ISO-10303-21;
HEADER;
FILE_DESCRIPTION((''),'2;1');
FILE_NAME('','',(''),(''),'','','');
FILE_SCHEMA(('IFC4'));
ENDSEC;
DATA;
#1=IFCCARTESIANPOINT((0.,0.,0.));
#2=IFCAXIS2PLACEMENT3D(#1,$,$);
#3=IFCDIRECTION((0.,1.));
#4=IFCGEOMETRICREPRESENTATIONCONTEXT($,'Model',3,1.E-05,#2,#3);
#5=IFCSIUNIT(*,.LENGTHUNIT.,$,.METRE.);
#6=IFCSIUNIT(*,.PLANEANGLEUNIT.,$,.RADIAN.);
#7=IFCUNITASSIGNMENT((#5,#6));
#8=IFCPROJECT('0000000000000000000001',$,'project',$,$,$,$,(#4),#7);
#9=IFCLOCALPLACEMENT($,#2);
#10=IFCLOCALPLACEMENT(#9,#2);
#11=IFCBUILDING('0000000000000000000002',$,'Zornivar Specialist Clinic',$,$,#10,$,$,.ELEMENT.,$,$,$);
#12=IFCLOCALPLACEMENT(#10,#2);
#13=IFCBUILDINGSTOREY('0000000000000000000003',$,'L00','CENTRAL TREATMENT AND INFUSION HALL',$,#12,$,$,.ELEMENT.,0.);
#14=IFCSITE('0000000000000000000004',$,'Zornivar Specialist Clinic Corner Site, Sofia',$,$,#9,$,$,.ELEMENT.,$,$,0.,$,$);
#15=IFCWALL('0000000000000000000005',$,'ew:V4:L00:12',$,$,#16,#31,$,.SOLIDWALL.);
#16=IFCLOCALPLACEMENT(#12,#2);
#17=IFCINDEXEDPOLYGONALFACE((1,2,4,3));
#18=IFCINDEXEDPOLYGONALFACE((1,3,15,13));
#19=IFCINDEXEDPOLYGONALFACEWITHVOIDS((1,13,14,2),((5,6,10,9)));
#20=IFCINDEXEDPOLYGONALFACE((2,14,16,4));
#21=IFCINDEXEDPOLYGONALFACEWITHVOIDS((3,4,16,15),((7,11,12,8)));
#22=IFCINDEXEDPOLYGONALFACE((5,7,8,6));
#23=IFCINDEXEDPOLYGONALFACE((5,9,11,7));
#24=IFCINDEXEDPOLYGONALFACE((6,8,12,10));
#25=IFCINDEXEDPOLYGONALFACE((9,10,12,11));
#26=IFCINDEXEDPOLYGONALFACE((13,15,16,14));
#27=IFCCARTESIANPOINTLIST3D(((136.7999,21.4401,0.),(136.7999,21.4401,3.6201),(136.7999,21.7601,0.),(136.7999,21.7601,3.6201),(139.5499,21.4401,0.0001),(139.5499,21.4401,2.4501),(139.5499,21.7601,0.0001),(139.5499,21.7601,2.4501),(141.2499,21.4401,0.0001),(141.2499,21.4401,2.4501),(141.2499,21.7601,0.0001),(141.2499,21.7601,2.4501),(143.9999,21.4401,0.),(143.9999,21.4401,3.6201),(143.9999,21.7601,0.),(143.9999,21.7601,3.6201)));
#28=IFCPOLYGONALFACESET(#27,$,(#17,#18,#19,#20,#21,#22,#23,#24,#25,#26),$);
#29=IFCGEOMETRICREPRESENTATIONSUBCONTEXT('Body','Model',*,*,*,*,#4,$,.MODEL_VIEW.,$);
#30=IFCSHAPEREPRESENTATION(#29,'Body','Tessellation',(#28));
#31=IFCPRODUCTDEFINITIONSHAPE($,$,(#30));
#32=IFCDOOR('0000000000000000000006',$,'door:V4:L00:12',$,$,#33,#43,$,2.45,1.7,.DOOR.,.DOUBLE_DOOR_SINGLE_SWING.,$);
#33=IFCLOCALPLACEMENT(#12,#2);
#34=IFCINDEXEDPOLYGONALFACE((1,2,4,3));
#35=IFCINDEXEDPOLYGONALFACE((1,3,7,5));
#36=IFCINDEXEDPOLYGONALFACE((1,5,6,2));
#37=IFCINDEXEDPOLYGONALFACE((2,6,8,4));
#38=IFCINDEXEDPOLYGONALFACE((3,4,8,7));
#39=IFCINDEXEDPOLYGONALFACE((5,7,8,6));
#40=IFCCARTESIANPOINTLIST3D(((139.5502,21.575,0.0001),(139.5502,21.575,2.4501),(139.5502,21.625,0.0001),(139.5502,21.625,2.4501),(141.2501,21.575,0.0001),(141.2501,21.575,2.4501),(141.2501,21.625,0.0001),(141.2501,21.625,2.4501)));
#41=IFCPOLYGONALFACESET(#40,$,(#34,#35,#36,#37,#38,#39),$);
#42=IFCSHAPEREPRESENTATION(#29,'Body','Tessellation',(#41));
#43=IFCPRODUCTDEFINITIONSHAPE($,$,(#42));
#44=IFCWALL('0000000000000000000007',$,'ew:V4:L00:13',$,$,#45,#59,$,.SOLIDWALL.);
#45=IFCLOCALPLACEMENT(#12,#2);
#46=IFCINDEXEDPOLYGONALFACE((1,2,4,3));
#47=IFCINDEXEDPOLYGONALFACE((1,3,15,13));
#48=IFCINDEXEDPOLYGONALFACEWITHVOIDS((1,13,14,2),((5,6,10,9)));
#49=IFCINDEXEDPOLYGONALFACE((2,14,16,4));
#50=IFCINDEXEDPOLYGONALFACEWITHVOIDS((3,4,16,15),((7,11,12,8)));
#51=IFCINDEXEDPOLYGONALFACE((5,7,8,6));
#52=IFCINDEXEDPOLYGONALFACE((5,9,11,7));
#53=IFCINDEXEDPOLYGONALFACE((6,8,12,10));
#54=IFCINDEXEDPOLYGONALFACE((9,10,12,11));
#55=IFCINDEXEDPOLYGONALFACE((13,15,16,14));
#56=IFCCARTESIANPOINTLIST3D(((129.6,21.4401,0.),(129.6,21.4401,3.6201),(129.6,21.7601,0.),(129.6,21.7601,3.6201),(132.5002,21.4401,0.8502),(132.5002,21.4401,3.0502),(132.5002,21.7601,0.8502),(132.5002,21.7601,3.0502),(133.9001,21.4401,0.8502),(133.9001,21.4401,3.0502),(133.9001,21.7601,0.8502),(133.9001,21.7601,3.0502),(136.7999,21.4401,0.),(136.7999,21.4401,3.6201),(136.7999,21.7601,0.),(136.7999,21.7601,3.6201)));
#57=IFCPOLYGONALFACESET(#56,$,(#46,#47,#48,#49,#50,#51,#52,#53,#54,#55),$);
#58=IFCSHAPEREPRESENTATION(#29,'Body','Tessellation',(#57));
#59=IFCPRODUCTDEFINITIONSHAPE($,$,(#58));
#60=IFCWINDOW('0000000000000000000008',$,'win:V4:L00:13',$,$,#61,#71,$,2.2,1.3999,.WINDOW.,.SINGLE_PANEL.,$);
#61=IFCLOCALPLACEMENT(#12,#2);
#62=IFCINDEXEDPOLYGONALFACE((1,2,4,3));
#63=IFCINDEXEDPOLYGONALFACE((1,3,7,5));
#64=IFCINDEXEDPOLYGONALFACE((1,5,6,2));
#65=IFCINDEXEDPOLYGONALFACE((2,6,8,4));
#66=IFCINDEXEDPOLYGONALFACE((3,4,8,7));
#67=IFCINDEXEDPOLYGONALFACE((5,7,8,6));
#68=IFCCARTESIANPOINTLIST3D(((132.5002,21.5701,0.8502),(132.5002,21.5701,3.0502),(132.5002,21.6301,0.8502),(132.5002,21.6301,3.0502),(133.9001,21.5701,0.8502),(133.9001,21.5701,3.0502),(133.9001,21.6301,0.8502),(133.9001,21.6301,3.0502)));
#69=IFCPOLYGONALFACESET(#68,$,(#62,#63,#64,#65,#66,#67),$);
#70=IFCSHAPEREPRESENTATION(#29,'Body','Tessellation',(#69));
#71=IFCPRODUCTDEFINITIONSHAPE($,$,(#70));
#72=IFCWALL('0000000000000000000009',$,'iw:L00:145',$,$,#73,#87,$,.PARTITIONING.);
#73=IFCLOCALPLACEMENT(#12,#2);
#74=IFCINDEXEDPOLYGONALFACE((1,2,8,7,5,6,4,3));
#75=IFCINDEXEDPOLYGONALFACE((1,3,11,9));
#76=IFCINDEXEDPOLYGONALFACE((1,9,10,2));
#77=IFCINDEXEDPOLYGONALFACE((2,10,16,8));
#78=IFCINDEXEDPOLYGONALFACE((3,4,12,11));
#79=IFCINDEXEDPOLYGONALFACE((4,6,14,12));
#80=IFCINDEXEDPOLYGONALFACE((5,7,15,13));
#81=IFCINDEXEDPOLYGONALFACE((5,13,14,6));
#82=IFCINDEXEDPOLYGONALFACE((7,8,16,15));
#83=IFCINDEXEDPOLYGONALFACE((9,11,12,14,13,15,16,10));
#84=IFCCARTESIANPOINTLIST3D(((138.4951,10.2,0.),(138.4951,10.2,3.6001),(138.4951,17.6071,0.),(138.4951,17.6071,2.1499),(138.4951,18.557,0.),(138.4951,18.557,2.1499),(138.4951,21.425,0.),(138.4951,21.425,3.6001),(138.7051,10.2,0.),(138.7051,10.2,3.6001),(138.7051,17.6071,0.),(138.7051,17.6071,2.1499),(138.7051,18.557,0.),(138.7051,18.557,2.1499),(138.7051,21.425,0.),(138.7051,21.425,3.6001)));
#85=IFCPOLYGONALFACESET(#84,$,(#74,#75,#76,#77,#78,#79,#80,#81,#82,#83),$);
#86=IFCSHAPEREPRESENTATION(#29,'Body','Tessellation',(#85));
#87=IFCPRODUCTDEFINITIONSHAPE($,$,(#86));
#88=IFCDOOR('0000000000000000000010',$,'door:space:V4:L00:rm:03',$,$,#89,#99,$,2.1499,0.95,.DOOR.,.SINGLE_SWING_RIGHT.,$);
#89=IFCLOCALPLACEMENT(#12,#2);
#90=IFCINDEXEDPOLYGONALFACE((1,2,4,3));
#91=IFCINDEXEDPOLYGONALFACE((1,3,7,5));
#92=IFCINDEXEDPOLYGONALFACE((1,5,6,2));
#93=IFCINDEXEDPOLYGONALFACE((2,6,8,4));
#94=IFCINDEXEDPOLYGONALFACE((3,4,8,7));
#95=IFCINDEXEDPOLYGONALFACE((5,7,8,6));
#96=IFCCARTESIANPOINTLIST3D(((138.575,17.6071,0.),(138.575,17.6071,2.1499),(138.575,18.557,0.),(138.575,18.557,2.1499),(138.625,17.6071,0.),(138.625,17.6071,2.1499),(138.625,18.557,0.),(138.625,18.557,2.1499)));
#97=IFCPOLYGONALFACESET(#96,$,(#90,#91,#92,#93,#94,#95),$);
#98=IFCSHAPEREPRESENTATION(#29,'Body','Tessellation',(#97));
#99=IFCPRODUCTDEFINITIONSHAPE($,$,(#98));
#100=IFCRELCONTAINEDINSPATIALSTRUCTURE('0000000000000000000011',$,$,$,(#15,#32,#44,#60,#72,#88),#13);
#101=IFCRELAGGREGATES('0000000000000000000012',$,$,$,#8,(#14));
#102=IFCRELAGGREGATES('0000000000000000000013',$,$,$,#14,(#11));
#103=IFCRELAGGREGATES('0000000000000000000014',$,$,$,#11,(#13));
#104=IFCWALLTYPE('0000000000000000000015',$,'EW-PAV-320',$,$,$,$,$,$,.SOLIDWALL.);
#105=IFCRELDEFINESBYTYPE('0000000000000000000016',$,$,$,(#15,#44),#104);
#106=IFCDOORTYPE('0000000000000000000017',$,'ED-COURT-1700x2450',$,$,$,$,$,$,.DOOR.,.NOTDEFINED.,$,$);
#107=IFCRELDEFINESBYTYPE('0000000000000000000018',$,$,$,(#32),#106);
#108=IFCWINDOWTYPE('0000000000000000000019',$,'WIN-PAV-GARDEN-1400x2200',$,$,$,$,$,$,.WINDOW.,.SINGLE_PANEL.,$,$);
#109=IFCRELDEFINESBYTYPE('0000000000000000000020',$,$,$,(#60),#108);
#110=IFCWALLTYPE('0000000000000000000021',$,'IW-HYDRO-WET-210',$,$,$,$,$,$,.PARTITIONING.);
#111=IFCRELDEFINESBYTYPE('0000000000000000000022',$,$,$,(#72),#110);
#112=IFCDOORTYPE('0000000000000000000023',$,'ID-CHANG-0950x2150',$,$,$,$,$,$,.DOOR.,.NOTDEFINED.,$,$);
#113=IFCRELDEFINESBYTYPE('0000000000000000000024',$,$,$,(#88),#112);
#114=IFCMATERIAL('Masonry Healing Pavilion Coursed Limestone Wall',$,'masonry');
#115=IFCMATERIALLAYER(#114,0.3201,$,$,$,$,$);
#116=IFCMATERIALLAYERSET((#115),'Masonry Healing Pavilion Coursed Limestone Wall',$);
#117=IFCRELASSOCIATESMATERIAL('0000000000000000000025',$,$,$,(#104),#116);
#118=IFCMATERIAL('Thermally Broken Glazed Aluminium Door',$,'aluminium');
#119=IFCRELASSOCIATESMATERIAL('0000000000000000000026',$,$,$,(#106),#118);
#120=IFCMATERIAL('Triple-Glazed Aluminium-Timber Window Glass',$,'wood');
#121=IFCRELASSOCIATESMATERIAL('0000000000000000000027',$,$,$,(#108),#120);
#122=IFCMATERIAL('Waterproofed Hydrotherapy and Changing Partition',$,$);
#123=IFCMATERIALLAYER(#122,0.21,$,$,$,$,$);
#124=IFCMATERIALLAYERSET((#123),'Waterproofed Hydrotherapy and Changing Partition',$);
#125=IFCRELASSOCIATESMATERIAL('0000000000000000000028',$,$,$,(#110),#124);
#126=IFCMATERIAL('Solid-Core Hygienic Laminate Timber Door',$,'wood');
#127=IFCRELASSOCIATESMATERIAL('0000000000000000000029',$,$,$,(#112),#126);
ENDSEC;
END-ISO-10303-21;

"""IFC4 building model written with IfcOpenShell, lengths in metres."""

from ifc_helpers import new_model, si_unit, direction, frame, frame_2d, origin, place, context, subcontext, project, spatial, rectangle, extrude, material, layer, layer_set, type_object, element, fill, save


model = new_model("IFC4")

# Units and contexts
model_context = context("Model", 3, precision=1e-05, world=origin(), true_north=direction((0.0, 1.0)))
body_context = subcontext(model_context, "Body", "Model", "MODEL_VIEW")
ifc_project = project(units=[si_unit("LENGTHUNIT", "METRE"), si_unit("PLANEANGLEUNIT", "RADIAN")], contexts=[model_context])

# Site, building, storey
site_placement = place(None, origin())
site = spatial("IfcSite", under=ifc_project, at=site_placement, Name="Zornivar Specialist Clinic Corner Site, Sofia", CompositionType="ELEMENT", RefElevation=0.0)
building_placement = place(site_placement, origin())
building = spatial("IfcBuilding", under=site, at=building_placement, Name="Zornivar Specialist Clinic", CompositionType="ELEMENT")
storey_placement = place(building_placement, origin())
storey = spatial("IfcBuildingStorey", under=building, at=storey_placement, Name="L00", Description="CENTRAL TREATMENT AND INFUSION HALL", CompositionType="ELEMENT", Elevation=0.0)

# Wall, opening, door
ifc_material_1 = material(Name="Masonry Healing Pavilion Coursed Limestone Wall", Category="masonry")
ifc_layer_1 = layer(ifc_material_1, 0.3201)
ifc_layer_set_1 = layer_set([ifc_layer_1], Name="Masonry Healing Pavilion Coursed Limestone Wall")
wall_type_1 = type_object("IfcWallType", Name="EW-PAV-320", PredefinedType="SOLIDWALL", material=ifc_layer_set_1)
wall_1_placement = place(storey_placement, frame((144.0, 21.6001, 0.0), z_axis=(0.0, 0.0, 1.0), x_axis=(-1.0, 0.0, 0.0)))
wall_1 = element("IfcWall", 1, at=wall_1_placement, inside=storey, type_object=wall_type_1, Name="ew:V4:L00:12", PredefinedType="SOLIDWALL", context=body_context, shape_type="SweptSolid", body=[
    extrude(rectangle(XDim=7.2, YDim=0.3201, at=frame_2d((3.6001, 0.0))), origin(), (0.0, 0.0, 1.0), 3.6201),
])
opening_1_placement = place(wall_1_placement, frame((2.75, 0.0, 0.0)))
opening_1 = element("IfcOpeningElement", 2, at=opening_1_placement, cuts=wall_1, PredefinedType="OPENING", context=body_context, shape_type="SweptSolid", body=[
    extrude(rectangle(XDim=1.7, YDim=2.45, at=frame_2d((0.8501, 1.2251))), frame((0.0, 0.1699, 0.0), z_axis=(0.0, -1.0, 0.0), x_axis=(1.0, 0.0, 0.0)), (0.0, 0.0, 1.0), 0.3401),
])
ifc_material_2 = material(Name="Thermally Broken Glazed Aluminium Door", Category="aluminium")
door_type_1 = type_object("IfcDoorType", Name="ED-COURT-1700x2450", OperationType="NOTDEFINED", PredefinedType="DOOR", material=ifc_material_2)
door_1_placement = place(opening_1_placement, frame((1.7, 0.0, 0.0), z_axis=(0.0, 0.0, 1.0), x_axis=(-1.0, 0.0, 0.0)))
door_1 = element("IfcDoor", 3, at=door_1_placement, inside=storey, type_object=door_type_1, Name="door:V4:L00:12", OperationType="DOUBLE_DOOR_SINGLE_SWING", OverallHeight=2.45, OverallWidth=1.7, PredefinedType="DOOR", context=body_context, shape_type="SweptSolid", body=[
    extrude(rectangle(XDim=1.7, YDim=2.45, at=frame_2d((0.8501, 1.2251))), frame((0.0, 0.0249, 0.0), z_axis=(0.0, -1.0, 0.0), x_axis=(1.0, 0.0, 0.0)), (0.0, 0.0, 1.0), 0.05),
])
fill(opening_1, door_1)

# Wall, opening, window
wall_2_placement = place(storey_placement, frame((136.8, 21.6001, 0.0), z_axis=(0.0, 0.0, 1.0), x_axis=(-1.0, 0.0, 0.0)))
wall_2 = element("IfcWall", 4, at=wall_2_placement, inside=storey, type_object=wall_type_1, Name="ew:V4:L00:13", PredefinedType="SOLIDWALL", context=body_context, shape_type="SweptSolid", body=[
    extrude(rectangle(XDim=7.2, YDim=0.3201, at=frame_2d((3.6001, 0.0))), origin(), (0.0, 0.0, 1.0), 3.6201),
])
opening_2_placement = place(wall_2_placement, frame((2.8999, 0.0, 0.8501)))
opening_2 = element("IfcOpeningElement", 5, at=opening_2_placement, cuts=wall_2, PredefinedType="OPENING", context=body_context, shape_type="SweptSolid", body=[
    extrude(rectangle(XDim=1.3999, YDim=2.2, at=frame_2d((0.7, 1.1001))), frame((0.0, 0.1699, 0.0), z_axis=(0.0, -1.0, 0.0), x_axis=(1.0, 0.0, 0.0)), (0.0, 0.0, 1.0), 0.3401),
])
ifc_material_3 = material(Name="Triple-Glazed Aluminium-Timber Window Glass", Category="wood")
window_type = type_object("IfcWindowType", Name="WIN-PAV-GARDEN-1400x2200", PartitioningType="SINGLE_PANEL", PredefinedType="WINDOW", material=ifc_material_3)
window_placement = place(opening_2_placement, origin())
window = element("IfcWindow", 6, at=window_placement, inside=storey, type_object=window_type, Name="win:V4:L00:13", OverallHeight=2.2, OverallWidth=1.3999, PartitioningType="SINGLE_PANEL", PredefinedType="WINDOW", context=body_context, shape_type="SweptSolid", body=[
    extrude(rectangle(XDim=1.3999, YDim=2.2, at=frame_2d((0.7, 1.1001))), frame((0.0, 0.03, 0.0), z_axis=(0.0, -1.0, 0.0), x_axis=(1.0, 0.0, 0.0)), (0.0, 0.0, 1.0), 0.0601),
])
fill(opening_2, window)

# Wall, opening, door
ifc_material_4 = material(Name="Waterproofed Hydrotherapy and Changing Partition")
ifc_layer_2 = layer(ifc_material_4, 0.21)
ifc_layer_set_2 = layer_set([ifc_layer_2], Name="Waterproofed Hydrotherapy and Changing Partition")
wall_type_2 = type_object("IfcWallType", Name="IW-HYDRO-WET-210", PredefinedType="PARTITIONING", material=ifc_layer_set_2)
wall_3_placement = place(storey_placement, frame((138.6001, 21.425, 0.0), z_axis=(0.0, 0.0, 1.0), x_axis=(0.0, -1.0, 0.0)))
wall_3 = element("IfcWall", 7, at=wall_3_placement, inside=storey, type_object=wall_type_2, Name="iw:L00:145", PredefinedType="PARTITIONING", context=body_context, shape_type="SweptSolid", body=[
    extrude(rectangle(XDim=11.2251, YDim=0.21, at=frame_2d((5.6125, 0.0))), origin(), (0.0, 0.0, 1.0), 3.6001),
])
opening_3_placement = place(wall_3_placement, frame((2.8679, 0.0, 0.0)))
opening_3 = element("IfcOpeningElement", 8, at=opening_3_placement, cuts=wall_3, PredefinedType="OPENING", context=body_context, shape_type="SweptSolid", body=[
    extrude(rectangle(XDim=0.95, YDim=2.1499, at=frame_2d((0.4751, 1.075))), frame((0.0, 0.115, 0.0), z_axis=(0.0, -1.0, 0.0), x_axis=(1.0, 0.0, 0.0)), (0.0, 0.0, 1.0), 0.23),
])
ifc_material_5 = material(Name="Solid-Core Hygienic Laminate Timber Door", Category="wood")
door_type_2 = type_object("IfcDoorType", Name="ID-CHANG-0950x2150", OperationType="NOTDEFINED", PredefinedType="DOOR", material=ifc_material_5)
door_2_placement = place(opening_3_placement, origin())
door_2 = element("IfcDoor", 9, at=door_2_placement, inside=storey, type_object=door_type_2, Name="door:space:V4:L00:rm:03", OperationType="SINGLE_SWING_RIGHT", OverallHeight=2.1499, OverallWidth=0.95, PredefinedType="DOOR", context=body_context, shape_type="SweptSolid", body=[
    extrude(rectangle(XDim=0.95, YDim=2.1499, at=frame_2d((0.4751, 1.075))), frame((0.0, 0.0249, 0.0), z_axis=(0.0, -1.0, 0.0), x_axis=(1.0, 0.0, 0.0)), (0.0, 0.0, 1.0), 0.05),
])
fill(opening_3, door_2)

save(model, "model.ifc")
